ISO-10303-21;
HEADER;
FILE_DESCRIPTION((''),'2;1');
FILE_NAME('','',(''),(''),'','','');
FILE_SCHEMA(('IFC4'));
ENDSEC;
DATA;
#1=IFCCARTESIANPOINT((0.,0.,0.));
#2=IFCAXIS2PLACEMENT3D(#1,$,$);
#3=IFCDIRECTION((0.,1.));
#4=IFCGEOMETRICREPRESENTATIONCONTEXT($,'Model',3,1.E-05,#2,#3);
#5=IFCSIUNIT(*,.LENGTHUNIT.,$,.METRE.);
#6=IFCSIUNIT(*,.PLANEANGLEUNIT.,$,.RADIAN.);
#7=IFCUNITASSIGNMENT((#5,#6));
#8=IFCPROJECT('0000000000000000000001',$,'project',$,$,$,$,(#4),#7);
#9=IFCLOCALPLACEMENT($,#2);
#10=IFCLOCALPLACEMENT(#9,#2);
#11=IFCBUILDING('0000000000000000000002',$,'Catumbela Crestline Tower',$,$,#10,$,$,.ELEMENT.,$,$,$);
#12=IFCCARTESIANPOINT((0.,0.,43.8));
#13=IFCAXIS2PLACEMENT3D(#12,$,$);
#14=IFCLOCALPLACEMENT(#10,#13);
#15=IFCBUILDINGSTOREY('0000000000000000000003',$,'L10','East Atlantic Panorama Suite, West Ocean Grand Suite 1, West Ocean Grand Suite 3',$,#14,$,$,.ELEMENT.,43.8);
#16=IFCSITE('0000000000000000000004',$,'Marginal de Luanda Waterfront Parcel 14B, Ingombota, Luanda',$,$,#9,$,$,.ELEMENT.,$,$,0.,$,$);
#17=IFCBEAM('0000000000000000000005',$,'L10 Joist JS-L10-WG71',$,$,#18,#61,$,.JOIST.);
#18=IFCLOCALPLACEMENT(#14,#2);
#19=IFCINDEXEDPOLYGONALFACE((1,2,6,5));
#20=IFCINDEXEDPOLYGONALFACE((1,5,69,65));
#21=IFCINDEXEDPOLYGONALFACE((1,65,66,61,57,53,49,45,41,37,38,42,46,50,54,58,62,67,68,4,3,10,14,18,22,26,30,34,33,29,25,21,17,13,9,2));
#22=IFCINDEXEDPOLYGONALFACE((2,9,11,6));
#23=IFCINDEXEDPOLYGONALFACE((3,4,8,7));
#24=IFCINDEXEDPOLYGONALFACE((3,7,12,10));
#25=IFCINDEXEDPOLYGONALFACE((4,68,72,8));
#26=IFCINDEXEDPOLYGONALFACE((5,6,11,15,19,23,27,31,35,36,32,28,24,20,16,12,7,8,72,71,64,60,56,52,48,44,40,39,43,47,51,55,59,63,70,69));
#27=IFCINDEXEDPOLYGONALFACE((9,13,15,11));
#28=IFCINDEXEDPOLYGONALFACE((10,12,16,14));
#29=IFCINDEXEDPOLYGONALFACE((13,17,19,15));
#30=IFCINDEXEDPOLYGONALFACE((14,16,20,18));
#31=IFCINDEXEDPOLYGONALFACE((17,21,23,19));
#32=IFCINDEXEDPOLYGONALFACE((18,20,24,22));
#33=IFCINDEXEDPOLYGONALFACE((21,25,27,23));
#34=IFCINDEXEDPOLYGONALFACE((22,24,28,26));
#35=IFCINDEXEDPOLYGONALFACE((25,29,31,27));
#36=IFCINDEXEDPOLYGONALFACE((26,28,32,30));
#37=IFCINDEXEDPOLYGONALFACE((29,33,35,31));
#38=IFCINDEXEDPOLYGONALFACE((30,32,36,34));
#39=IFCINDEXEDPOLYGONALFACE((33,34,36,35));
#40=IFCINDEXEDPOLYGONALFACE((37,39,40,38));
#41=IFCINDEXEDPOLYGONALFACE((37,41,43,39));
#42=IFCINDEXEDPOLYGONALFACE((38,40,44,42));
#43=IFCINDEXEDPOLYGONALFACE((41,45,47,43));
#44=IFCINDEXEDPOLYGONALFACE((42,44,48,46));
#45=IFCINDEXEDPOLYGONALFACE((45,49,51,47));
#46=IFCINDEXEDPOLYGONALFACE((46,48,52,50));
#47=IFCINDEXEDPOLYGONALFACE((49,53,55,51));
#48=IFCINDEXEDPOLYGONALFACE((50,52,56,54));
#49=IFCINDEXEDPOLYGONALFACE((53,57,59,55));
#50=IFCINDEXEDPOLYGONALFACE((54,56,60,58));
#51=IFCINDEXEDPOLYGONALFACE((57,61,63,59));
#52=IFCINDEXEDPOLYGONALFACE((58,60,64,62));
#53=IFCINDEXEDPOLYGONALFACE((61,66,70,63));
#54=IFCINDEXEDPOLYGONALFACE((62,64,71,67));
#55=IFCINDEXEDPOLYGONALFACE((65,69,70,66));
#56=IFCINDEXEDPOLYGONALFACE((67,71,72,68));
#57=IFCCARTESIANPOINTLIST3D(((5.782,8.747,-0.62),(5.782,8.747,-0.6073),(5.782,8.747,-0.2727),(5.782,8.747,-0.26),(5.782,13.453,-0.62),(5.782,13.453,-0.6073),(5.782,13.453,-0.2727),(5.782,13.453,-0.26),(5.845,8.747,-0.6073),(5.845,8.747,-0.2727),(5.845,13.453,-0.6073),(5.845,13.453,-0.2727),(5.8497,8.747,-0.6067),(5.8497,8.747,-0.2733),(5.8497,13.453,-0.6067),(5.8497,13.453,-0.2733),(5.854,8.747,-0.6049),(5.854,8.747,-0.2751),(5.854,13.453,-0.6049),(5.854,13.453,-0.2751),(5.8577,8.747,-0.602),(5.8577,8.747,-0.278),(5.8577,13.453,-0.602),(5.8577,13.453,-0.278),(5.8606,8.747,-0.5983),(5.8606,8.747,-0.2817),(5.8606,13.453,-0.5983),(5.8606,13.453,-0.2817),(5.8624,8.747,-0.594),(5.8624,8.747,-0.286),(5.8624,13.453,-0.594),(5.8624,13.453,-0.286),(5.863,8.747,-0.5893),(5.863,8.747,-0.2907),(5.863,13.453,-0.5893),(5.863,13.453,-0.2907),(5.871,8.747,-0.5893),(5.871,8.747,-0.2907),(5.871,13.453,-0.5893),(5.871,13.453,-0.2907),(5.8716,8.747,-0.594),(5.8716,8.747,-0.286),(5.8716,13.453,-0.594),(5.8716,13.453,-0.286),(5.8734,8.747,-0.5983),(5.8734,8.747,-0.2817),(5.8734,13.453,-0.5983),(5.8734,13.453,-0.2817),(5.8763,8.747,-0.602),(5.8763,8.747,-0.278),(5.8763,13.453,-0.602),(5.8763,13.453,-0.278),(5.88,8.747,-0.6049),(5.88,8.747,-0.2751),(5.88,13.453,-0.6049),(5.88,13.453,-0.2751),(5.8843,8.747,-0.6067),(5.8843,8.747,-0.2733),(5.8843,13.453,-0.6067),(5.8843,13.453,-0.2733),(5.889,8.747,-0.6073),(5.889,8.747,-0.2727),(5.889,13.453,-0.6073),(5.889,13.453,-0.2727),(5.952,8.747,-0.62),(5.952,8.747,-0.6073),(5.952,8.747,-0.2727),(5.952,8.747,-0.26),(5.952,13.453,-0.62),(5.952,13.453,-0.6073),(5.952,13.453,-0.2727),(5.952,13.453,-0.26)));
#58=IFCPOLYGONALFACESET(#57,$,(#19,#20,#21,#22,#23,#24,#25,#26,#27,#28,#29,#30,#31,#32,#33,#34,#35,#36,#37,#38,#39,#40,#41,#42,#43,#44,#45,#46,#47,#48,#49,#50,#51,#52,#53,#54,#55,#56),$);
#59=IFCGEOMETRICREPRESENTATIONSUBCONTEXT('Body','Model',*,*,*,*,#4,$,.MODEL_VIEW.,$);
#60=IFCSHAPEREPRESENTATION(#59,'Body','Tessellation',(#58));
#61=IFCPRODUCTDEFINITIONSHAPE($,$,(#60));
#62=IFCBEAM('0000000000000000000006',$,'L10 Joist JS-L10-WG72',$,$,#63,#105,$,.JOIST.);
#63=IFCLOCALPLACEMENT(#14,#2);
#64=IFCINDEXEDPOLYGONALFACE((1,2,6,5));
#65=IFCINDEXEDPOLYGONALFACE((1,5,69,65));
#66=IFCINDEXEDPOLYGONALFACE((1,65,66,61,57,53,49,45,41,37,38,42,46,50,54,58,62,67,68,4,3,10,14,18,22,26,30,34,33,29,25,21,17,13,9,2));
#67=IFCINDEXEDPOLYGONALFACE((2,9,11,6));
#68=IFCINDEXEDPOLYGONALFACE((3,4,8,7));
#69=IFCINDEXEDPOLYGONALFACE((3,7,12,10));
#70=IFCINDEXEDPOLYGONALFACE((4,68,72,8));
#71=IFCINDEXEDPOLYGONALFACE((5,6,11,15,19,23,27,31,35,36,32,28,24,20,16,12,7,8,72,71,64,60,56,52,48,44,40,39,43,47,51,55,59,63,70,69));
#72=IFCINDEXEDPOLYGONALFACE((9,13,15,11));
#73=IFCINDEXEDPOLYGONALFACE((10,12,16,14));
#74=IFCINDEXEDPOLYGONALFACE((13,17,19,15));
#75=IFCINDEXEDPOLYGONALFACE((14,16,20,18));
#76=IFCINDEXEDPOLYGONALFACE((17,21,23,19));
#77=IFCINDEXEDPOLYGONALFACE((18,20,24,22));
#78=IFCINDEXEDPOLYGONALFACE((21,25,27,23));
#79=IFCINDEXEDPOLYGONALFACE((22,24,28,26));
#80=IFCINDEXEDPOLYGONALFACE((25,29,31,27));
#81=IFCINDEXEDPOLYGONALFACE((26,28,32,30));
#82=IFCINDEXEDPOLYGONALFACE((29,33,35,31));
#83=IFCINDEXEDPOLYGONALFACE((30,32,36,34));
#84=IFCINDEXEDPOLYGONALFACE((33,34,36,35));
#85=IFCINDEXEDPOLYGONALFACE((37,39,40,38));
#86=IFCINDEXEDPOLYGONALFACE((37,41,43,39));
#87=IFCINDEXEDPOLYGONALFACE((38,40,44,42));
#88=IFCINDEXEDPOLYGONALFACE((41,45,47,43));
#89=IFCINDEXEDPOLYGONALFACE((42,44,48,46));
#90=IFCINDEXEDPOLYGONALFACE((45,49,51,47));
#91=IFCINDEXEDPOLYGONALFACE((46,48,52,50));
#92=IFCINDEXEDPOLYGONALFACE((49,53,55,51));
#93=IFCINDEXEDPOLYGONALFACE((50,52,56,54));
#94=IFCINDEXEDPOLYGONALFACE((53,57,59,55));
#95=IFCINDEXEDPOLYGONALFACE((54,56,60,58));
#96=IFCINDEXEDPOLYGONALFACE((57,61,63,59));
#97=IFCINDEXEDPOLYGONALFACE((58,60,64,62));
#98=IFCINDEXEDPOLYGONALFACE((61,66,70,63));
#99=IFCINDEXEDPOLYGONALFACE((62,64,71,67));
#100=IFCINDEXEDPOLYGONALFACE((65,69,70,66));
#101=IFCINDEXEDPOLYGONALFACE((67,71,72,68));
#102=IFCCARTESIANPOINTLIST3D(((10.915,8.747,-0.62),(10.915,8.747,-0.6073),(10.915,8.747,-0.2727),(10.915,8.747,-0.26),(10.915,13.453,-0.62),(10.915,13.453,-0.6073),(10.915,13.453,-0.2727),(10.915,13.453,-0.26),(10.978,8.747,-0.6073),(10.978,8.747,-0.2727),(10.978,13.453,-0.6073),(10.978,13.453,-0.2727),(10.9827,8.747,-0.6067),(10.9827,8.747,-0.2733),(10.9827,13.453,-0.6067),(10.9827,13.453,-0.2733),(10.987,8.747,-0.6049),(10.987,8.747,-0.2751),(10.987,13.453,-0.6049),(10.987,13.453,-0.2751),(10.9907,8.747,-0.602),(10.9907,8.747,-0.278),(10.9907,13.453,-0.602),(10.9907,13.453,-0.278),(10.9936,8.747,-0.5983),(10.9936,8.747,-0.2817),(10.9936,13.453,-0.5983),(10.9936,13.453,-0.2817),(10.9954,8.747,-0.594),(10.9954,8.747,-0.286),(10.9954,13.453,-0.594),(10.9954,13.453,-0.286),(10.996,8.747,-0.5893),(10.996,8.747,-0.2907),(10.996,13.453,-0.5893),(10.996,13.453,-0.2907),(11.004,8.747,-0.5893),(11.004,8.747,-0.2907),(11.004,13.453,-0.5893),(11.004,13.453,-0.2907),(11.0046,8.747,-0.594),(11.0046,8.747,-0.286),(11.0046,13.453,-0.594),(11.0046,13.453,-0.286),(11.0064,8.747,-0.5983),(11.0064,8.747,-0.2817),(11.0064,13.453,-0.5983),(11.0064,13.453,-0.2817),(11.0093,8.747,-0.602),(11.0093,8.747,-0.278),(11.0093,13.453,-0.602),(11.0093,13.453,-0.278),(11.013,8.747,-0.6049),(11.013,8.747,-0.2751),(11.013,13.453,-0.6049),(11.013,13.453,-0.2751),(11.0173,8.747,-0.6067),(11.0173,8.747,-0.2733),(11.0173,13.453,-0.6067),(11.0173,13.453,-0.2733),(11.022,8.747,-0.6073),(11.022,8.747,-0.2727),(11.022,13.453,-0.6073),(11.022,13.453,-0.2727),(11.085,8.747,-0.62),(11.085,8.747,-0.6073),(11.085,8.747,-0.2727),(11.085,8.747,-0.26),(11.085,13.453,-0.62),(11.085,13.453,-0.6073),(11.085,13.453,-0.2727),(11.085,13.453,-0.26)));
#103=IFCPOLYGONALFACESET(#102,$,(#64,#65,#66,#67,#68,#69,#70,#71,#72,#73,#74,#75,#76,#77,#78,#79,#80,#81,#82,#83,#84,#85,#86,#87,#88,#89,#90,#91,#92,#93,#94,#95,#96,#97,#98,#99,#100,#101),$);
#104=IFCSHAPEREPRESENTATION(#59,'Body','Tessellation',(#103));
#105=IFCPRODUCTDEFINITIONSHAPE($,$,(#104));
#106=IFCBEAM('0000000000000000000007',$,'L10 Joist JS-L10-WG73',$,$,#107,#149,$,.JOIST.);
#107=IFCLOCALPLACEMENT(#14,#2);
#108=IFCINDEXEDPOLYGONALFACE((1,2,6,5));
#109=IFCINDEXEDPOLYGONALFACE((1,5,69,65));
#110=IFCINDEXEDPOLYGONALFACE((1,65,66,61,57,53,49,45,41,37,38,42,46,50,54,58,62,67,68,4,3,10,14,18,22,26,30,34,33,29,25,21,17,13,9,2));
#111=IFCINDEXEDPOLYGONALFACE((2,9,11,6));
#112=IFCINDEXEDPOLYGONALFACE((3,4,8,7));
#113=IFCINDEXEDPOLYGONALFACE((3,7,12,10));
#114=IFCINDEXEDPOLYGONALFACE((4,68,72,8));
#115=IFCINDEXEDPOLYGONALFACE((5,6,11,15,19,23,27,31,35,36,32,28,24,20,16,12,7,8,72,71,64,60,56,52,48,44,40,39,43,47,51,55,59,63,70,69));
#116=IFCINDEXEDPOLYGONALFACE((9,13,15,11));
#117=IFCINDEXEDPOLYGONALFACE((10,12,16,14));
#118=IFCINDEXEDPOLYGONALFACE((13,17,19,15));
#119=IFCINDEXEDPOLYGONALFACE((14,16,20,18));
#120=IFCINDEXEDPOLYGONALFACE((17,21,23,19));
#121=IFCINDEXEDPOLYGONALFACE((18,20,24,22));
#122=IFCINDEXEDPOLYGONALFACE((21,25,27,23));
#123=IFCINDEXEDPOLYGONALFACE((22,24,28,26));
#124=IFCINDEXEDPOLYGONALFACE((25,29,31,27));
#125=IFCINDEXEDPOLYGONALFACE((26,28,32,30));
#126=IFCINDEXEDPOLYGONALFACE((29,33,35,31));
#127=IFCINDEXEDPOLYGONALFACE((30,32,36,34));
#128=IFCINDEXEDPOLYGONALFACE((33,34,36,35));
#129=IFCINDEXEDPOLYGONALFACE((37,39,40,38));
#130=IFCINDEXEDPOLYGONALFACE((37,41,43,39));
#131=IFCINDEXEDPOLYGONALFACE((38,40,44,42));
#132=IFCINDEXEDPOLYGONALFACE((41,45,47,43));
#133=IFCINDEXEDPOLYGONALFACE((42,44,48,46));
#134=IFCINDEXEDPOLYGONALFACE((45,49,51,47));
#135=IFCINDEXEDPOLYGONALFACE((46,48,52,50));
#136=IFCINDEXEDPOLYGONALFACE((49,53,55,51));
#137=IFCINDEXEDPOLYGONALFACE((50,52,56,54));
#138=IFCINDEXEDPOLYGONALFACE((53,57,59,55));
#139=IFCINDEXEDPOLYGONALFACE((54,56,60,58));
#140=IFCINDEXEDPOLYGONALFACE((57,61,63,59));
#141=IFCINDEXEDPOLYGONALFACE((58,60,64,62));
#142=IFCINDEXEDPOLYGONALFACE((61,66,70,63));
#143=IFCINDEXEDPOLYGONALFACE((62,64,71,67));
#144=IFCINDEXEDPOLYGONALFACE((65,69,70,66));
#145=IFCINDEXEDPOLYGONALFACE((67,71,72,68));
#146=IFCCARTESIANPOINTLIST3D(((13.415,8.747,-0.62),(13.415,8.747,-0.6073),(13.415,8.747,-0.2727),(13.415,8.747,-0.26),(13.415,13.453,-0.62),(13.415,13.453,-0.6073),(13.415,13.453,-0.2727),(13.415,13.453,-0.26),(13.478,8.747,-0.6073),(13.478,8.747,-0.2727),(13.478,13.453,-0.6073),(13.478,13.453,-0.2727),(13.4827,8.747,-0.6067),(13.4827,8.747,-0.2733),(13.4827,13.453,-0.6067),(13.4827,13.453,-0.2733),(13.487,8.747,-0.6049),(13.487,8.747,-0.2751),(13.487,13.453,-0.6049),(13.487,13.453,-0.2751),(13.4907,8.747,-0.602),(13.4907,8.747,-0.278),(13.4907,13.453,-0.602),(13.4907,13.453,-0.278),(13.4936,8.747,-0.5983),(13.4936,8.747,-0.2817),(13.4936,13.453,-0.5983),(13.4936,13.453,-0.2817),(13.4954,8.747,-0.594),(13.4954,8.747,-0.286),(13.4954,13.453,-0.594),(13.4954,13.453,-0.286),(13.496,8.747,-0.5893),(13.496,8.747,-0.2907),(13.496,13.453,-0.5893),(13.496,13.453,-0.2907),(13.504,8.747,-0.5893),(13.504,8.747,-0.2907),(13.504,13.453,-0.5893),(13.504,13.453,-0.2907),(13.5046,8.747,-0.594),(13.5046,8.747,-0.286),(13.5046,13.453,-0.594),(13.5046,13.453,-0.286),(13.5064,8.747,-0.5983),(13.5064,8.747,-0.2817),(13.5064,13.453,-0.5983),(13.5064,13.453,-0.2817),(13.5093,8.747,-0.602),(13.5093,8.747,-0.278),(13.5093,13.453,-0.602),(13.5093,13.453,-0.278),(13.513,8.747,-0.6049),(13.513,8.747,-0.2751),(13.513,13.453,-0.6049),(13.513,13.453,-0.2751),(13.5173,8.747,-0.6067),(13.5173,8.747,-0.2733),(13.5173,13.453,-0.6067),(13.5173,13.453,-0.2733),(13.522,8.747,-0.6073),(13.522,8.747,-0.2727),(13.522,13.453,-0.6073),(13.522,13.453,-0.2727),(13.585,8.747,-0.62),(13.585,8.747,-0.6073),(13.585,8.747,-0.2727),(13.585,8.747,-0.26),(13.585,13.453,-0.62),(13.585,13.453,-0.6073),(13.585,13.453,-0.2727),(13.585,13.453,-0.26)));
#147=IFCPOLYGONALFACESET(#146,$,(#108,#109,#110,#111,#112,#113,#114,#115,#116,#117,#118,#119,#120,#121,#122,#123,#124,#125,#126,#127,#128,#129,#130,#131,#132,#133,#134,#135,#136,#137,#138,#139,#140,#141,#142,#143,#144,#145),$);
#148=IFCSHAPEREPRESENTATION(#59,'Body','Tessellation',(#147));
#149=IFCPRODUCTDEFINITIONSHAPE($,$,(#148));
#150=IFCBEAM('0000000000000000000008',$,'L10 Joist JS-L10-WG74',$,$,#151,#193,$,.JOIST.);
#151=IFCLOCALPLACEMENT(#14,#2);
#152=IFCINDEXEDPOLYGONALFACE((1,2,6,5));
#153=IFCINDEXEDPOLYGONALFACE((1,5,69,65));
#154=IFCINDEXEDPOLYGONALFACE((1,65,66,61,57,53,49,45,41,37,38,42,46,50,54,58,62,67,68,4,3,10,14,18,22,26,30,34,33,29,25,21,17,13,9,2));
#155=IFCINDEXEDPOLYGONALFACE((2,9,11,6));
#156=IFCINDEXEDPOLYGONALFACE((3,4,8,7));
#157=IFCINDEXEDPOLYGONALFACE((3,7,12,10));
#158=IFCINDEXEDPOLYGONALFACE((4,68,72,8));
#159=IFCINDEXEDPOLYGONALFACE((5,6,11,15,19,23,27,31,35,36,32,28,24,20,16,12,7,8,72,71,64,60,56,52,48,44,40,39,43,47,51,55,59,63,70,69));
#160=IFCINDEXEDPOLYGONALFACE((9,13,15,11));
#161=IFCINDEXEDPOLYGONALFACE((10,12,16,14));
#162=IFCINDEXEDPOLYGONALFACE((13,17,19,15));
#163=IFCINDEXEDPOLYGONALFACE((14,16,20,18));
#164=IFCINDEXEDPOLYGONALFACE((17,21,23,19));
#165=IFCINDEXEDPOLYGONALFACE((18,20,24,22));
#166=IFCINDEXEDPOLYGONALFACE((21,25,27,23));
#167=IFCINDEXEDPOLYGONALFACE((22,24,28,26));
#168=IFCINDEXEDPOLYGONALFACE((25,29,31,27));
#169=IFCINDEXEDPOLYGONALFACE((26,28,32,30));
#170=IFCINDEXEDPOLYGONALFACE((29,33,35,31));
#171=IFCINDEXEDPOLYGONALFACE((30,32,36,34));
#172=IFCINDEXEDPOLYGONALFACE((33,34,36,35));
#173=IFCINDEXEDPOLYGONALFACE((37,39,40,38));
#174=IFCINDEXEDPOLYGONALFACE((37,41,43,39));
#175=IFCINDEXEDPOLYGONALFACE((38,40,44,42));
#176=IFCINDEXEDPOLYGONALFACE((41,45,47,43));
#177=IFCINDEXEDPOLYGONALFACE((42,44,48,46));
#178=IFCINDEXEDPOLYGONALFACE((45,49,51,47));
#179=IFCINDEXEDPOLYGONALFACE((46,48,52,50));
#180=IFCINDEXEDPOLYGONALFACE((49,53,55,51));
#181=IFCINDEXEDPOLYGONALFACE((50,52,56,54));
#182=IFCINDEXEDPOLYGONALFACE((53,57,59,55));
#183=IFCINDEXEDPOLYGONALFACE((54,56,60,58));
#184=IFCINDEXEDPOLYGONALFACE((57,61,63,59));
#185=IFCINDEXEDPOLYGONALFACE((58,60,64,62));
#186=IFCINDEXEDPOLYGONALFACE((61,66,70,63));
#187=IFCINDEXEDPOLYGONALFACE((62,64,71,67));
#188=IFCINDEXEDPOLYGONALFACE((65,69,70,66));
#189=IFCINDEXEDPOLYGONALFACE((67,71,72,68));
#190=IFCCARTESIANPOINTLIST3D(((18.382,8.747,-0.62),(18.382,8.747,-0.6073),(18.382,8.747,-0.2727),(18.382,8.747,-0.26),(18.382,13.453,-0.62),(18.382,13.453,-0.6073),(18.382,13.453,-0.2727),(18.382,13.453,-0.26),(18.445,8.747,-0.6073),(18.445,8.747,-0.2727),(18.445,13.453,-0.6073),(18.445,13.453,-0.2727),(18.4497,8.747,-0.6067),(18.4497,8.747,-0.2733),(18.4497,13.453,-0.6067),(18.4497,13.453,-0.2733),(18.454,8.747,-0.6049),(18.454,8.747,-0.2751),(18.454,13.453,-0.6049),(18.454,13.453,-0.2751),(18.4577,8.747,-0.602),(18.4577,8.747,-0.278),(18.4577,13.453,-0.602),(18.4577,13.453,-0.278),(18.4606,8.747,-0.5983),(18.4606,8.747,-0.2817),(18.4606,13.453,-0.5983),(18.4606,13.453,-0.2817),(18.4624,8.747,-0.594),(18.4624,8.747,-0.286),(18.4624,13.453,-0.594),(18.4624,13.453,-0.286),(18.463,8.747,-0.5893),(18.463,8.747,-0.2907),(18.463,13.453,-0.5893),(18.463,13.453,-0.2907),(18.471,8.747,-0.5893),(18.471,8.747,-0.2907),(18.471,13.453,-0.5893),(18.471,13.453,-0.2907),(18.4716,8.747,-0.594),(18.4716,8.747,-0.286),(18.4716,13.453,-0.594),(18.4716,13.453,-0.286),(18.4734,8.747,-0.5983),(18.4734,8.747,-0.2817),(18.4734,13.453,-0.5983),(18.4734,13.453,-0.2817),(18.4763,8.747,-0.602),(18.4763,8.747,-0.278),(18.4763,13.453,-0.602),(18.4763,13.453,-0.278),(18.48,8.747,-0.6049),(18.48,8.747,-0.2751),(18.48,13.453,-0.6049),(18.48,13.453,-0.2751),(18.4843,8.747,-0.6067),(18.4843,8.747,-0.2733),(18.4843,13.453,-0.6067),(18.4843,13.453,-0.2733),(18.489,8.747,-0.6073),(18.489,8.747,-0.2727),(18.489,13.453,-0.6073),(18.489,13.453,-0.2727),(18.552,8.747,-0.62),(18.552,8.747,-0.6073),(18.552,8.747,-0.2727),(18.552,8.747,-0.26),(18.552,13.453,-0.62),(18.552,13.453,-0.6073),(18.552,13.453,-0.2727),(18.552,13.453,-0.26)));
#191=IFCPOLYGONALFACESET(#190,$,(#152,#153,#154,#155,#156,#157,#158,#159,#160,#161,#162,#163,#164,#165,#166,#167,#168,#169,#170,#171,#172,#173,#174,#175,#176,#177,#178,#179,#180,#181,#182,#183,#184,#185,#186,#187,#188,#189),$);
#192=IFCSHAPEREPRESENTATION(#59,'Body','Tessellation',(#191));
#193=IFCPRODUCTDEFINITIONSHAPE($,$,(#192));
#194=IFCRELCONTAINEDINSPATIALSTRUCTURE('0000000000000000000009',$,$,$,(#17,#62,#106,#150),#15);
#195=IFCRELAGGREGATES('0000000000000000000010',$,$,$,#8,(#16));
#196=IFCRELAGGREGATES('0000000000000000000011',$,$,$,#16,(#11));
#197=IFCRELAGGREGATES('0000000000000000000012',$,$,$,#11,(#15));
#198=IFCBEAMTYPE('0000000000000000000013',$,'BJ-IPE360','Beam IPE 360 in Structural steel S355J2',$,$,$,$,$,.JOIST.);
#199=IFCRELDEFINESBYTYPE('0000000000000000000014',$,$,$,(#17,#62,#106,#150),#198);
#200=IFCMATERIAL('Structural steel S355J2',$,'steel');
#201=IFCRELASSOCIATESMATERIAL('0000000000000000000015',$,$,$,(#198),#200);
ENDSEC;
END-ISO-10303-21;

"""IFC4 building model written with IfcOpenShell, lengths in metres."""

from ifc_helpers import new_model, si_unit, direction, frame, origin, origin_2d, place, context, subcontext, project, spatial, i_section, extrude, material, material_profile, profile_set, type_object, element, save


model = new_model("IFC4")

# Units and contexts
model_context = context("Model", 3, precision=1e-05, world=origin(), true_north=direction((0.0, 1.0)))
body_context = subcontext(model_context, "Body", "Model", "MODEL_VIEW")
ifc_project = project(units=[si_unit("LENGTHUNIT", "METRE"), si_unit("PLANEANGLEUNIT", "RADIAN")], contexts=[model_context])

# Site, building, storey
site_placement = place(None, origin())
site = spatial("IfcSite", under=ifc_project, at=site_placement, Name="Marginal de Luanda Waterfront Parcel 14B, Ingombota, Luanda", CompositionType="ELEMENT", RefElevation=0.0)
building_placement = place(site_placement, origin())
building = spatial("IfcBuilding", under=site, at=building_placement, Name="Catumbela Crestline Tower", CompositionType="ELEMENT")
storey_placement = place(building_placement, frame((0.0, 0.0, 43.8)))
storey = spatial("IfcBuildingStorey", under=building, at=storey_placement, Name="L10", Description="East Atlantic Panorama Suite, West Ocean Grand Suite 1, West Ocean Grand Suite 3", CompositionType="ELEMENT", Elevation=43.8)

# Beams
ifc_material_1 = material(Name="Structural steel S355J2", Category="steel")
ifc_material_profile_1 = material_profile(ifc_material_1, i_section(OverallWidth=0.17, OverallDepth=0.36, WebThickness=0.008, FlangeThickness=0.0127, FilletRadius=0.018, at=origin_2d()), Name="IPE 360")
ifc_profile_set_1 = profile_set([ifc_material_profile_1], Name="Structural steel S355J2")
beam_type_1 = type_object("IfcBeamType", Name="BJ-IPE360", Description="Beam IPE 360 in Structural steel S355J2", PredefinedType="JOIST", material=ifc_profile_set_1)
for number, where, z_axis, x_axis, name in (
    (1, (5.867, 8.747, -0.44), (0.0, 1.0, 0.0), (-1.0, 0.0, 0.0), "L10 Joist JS-L10-WG71"),
    (2, (11.0, 8.747, -0.44), (0.0, 1.0, 0.0), (-1.0, 0.0, 0.0), "L10 Joist JS-L10-WG72"),
    (3, (13.5, 8.747, -0.44), (0.0, 1.0, 0.0), (-1.0, 0.0, 0.0), "L10 Joist JS-L10-WG73"),
    (4, (18.467, 8.747, -0.44), (0.0, 1.0, 0.0), (-1.0, 0.0, 0.0), "L10 Joist JS-L10-WG74"),
):
    element("IfcBeam", number, at=place(storey_placement, frame(where, z_axis=z_axis, x_axis=x_axis)), inside=storey, type_object=beam_type_1, Name=name, PredefinedType="JOIST", context=body_context, shape_type="SweptSolid", body=[
        extrude(i_section(OverallWidth=0.17, OverallDepth=0.36, WebThickness=0.008, FlangeThickness=0.0127, FilletRadius=0.018, at=origin_2d()), origin(), (0.0, 0.0, 1.0), 4.706),
    ])

save(model, "model.ifc")
